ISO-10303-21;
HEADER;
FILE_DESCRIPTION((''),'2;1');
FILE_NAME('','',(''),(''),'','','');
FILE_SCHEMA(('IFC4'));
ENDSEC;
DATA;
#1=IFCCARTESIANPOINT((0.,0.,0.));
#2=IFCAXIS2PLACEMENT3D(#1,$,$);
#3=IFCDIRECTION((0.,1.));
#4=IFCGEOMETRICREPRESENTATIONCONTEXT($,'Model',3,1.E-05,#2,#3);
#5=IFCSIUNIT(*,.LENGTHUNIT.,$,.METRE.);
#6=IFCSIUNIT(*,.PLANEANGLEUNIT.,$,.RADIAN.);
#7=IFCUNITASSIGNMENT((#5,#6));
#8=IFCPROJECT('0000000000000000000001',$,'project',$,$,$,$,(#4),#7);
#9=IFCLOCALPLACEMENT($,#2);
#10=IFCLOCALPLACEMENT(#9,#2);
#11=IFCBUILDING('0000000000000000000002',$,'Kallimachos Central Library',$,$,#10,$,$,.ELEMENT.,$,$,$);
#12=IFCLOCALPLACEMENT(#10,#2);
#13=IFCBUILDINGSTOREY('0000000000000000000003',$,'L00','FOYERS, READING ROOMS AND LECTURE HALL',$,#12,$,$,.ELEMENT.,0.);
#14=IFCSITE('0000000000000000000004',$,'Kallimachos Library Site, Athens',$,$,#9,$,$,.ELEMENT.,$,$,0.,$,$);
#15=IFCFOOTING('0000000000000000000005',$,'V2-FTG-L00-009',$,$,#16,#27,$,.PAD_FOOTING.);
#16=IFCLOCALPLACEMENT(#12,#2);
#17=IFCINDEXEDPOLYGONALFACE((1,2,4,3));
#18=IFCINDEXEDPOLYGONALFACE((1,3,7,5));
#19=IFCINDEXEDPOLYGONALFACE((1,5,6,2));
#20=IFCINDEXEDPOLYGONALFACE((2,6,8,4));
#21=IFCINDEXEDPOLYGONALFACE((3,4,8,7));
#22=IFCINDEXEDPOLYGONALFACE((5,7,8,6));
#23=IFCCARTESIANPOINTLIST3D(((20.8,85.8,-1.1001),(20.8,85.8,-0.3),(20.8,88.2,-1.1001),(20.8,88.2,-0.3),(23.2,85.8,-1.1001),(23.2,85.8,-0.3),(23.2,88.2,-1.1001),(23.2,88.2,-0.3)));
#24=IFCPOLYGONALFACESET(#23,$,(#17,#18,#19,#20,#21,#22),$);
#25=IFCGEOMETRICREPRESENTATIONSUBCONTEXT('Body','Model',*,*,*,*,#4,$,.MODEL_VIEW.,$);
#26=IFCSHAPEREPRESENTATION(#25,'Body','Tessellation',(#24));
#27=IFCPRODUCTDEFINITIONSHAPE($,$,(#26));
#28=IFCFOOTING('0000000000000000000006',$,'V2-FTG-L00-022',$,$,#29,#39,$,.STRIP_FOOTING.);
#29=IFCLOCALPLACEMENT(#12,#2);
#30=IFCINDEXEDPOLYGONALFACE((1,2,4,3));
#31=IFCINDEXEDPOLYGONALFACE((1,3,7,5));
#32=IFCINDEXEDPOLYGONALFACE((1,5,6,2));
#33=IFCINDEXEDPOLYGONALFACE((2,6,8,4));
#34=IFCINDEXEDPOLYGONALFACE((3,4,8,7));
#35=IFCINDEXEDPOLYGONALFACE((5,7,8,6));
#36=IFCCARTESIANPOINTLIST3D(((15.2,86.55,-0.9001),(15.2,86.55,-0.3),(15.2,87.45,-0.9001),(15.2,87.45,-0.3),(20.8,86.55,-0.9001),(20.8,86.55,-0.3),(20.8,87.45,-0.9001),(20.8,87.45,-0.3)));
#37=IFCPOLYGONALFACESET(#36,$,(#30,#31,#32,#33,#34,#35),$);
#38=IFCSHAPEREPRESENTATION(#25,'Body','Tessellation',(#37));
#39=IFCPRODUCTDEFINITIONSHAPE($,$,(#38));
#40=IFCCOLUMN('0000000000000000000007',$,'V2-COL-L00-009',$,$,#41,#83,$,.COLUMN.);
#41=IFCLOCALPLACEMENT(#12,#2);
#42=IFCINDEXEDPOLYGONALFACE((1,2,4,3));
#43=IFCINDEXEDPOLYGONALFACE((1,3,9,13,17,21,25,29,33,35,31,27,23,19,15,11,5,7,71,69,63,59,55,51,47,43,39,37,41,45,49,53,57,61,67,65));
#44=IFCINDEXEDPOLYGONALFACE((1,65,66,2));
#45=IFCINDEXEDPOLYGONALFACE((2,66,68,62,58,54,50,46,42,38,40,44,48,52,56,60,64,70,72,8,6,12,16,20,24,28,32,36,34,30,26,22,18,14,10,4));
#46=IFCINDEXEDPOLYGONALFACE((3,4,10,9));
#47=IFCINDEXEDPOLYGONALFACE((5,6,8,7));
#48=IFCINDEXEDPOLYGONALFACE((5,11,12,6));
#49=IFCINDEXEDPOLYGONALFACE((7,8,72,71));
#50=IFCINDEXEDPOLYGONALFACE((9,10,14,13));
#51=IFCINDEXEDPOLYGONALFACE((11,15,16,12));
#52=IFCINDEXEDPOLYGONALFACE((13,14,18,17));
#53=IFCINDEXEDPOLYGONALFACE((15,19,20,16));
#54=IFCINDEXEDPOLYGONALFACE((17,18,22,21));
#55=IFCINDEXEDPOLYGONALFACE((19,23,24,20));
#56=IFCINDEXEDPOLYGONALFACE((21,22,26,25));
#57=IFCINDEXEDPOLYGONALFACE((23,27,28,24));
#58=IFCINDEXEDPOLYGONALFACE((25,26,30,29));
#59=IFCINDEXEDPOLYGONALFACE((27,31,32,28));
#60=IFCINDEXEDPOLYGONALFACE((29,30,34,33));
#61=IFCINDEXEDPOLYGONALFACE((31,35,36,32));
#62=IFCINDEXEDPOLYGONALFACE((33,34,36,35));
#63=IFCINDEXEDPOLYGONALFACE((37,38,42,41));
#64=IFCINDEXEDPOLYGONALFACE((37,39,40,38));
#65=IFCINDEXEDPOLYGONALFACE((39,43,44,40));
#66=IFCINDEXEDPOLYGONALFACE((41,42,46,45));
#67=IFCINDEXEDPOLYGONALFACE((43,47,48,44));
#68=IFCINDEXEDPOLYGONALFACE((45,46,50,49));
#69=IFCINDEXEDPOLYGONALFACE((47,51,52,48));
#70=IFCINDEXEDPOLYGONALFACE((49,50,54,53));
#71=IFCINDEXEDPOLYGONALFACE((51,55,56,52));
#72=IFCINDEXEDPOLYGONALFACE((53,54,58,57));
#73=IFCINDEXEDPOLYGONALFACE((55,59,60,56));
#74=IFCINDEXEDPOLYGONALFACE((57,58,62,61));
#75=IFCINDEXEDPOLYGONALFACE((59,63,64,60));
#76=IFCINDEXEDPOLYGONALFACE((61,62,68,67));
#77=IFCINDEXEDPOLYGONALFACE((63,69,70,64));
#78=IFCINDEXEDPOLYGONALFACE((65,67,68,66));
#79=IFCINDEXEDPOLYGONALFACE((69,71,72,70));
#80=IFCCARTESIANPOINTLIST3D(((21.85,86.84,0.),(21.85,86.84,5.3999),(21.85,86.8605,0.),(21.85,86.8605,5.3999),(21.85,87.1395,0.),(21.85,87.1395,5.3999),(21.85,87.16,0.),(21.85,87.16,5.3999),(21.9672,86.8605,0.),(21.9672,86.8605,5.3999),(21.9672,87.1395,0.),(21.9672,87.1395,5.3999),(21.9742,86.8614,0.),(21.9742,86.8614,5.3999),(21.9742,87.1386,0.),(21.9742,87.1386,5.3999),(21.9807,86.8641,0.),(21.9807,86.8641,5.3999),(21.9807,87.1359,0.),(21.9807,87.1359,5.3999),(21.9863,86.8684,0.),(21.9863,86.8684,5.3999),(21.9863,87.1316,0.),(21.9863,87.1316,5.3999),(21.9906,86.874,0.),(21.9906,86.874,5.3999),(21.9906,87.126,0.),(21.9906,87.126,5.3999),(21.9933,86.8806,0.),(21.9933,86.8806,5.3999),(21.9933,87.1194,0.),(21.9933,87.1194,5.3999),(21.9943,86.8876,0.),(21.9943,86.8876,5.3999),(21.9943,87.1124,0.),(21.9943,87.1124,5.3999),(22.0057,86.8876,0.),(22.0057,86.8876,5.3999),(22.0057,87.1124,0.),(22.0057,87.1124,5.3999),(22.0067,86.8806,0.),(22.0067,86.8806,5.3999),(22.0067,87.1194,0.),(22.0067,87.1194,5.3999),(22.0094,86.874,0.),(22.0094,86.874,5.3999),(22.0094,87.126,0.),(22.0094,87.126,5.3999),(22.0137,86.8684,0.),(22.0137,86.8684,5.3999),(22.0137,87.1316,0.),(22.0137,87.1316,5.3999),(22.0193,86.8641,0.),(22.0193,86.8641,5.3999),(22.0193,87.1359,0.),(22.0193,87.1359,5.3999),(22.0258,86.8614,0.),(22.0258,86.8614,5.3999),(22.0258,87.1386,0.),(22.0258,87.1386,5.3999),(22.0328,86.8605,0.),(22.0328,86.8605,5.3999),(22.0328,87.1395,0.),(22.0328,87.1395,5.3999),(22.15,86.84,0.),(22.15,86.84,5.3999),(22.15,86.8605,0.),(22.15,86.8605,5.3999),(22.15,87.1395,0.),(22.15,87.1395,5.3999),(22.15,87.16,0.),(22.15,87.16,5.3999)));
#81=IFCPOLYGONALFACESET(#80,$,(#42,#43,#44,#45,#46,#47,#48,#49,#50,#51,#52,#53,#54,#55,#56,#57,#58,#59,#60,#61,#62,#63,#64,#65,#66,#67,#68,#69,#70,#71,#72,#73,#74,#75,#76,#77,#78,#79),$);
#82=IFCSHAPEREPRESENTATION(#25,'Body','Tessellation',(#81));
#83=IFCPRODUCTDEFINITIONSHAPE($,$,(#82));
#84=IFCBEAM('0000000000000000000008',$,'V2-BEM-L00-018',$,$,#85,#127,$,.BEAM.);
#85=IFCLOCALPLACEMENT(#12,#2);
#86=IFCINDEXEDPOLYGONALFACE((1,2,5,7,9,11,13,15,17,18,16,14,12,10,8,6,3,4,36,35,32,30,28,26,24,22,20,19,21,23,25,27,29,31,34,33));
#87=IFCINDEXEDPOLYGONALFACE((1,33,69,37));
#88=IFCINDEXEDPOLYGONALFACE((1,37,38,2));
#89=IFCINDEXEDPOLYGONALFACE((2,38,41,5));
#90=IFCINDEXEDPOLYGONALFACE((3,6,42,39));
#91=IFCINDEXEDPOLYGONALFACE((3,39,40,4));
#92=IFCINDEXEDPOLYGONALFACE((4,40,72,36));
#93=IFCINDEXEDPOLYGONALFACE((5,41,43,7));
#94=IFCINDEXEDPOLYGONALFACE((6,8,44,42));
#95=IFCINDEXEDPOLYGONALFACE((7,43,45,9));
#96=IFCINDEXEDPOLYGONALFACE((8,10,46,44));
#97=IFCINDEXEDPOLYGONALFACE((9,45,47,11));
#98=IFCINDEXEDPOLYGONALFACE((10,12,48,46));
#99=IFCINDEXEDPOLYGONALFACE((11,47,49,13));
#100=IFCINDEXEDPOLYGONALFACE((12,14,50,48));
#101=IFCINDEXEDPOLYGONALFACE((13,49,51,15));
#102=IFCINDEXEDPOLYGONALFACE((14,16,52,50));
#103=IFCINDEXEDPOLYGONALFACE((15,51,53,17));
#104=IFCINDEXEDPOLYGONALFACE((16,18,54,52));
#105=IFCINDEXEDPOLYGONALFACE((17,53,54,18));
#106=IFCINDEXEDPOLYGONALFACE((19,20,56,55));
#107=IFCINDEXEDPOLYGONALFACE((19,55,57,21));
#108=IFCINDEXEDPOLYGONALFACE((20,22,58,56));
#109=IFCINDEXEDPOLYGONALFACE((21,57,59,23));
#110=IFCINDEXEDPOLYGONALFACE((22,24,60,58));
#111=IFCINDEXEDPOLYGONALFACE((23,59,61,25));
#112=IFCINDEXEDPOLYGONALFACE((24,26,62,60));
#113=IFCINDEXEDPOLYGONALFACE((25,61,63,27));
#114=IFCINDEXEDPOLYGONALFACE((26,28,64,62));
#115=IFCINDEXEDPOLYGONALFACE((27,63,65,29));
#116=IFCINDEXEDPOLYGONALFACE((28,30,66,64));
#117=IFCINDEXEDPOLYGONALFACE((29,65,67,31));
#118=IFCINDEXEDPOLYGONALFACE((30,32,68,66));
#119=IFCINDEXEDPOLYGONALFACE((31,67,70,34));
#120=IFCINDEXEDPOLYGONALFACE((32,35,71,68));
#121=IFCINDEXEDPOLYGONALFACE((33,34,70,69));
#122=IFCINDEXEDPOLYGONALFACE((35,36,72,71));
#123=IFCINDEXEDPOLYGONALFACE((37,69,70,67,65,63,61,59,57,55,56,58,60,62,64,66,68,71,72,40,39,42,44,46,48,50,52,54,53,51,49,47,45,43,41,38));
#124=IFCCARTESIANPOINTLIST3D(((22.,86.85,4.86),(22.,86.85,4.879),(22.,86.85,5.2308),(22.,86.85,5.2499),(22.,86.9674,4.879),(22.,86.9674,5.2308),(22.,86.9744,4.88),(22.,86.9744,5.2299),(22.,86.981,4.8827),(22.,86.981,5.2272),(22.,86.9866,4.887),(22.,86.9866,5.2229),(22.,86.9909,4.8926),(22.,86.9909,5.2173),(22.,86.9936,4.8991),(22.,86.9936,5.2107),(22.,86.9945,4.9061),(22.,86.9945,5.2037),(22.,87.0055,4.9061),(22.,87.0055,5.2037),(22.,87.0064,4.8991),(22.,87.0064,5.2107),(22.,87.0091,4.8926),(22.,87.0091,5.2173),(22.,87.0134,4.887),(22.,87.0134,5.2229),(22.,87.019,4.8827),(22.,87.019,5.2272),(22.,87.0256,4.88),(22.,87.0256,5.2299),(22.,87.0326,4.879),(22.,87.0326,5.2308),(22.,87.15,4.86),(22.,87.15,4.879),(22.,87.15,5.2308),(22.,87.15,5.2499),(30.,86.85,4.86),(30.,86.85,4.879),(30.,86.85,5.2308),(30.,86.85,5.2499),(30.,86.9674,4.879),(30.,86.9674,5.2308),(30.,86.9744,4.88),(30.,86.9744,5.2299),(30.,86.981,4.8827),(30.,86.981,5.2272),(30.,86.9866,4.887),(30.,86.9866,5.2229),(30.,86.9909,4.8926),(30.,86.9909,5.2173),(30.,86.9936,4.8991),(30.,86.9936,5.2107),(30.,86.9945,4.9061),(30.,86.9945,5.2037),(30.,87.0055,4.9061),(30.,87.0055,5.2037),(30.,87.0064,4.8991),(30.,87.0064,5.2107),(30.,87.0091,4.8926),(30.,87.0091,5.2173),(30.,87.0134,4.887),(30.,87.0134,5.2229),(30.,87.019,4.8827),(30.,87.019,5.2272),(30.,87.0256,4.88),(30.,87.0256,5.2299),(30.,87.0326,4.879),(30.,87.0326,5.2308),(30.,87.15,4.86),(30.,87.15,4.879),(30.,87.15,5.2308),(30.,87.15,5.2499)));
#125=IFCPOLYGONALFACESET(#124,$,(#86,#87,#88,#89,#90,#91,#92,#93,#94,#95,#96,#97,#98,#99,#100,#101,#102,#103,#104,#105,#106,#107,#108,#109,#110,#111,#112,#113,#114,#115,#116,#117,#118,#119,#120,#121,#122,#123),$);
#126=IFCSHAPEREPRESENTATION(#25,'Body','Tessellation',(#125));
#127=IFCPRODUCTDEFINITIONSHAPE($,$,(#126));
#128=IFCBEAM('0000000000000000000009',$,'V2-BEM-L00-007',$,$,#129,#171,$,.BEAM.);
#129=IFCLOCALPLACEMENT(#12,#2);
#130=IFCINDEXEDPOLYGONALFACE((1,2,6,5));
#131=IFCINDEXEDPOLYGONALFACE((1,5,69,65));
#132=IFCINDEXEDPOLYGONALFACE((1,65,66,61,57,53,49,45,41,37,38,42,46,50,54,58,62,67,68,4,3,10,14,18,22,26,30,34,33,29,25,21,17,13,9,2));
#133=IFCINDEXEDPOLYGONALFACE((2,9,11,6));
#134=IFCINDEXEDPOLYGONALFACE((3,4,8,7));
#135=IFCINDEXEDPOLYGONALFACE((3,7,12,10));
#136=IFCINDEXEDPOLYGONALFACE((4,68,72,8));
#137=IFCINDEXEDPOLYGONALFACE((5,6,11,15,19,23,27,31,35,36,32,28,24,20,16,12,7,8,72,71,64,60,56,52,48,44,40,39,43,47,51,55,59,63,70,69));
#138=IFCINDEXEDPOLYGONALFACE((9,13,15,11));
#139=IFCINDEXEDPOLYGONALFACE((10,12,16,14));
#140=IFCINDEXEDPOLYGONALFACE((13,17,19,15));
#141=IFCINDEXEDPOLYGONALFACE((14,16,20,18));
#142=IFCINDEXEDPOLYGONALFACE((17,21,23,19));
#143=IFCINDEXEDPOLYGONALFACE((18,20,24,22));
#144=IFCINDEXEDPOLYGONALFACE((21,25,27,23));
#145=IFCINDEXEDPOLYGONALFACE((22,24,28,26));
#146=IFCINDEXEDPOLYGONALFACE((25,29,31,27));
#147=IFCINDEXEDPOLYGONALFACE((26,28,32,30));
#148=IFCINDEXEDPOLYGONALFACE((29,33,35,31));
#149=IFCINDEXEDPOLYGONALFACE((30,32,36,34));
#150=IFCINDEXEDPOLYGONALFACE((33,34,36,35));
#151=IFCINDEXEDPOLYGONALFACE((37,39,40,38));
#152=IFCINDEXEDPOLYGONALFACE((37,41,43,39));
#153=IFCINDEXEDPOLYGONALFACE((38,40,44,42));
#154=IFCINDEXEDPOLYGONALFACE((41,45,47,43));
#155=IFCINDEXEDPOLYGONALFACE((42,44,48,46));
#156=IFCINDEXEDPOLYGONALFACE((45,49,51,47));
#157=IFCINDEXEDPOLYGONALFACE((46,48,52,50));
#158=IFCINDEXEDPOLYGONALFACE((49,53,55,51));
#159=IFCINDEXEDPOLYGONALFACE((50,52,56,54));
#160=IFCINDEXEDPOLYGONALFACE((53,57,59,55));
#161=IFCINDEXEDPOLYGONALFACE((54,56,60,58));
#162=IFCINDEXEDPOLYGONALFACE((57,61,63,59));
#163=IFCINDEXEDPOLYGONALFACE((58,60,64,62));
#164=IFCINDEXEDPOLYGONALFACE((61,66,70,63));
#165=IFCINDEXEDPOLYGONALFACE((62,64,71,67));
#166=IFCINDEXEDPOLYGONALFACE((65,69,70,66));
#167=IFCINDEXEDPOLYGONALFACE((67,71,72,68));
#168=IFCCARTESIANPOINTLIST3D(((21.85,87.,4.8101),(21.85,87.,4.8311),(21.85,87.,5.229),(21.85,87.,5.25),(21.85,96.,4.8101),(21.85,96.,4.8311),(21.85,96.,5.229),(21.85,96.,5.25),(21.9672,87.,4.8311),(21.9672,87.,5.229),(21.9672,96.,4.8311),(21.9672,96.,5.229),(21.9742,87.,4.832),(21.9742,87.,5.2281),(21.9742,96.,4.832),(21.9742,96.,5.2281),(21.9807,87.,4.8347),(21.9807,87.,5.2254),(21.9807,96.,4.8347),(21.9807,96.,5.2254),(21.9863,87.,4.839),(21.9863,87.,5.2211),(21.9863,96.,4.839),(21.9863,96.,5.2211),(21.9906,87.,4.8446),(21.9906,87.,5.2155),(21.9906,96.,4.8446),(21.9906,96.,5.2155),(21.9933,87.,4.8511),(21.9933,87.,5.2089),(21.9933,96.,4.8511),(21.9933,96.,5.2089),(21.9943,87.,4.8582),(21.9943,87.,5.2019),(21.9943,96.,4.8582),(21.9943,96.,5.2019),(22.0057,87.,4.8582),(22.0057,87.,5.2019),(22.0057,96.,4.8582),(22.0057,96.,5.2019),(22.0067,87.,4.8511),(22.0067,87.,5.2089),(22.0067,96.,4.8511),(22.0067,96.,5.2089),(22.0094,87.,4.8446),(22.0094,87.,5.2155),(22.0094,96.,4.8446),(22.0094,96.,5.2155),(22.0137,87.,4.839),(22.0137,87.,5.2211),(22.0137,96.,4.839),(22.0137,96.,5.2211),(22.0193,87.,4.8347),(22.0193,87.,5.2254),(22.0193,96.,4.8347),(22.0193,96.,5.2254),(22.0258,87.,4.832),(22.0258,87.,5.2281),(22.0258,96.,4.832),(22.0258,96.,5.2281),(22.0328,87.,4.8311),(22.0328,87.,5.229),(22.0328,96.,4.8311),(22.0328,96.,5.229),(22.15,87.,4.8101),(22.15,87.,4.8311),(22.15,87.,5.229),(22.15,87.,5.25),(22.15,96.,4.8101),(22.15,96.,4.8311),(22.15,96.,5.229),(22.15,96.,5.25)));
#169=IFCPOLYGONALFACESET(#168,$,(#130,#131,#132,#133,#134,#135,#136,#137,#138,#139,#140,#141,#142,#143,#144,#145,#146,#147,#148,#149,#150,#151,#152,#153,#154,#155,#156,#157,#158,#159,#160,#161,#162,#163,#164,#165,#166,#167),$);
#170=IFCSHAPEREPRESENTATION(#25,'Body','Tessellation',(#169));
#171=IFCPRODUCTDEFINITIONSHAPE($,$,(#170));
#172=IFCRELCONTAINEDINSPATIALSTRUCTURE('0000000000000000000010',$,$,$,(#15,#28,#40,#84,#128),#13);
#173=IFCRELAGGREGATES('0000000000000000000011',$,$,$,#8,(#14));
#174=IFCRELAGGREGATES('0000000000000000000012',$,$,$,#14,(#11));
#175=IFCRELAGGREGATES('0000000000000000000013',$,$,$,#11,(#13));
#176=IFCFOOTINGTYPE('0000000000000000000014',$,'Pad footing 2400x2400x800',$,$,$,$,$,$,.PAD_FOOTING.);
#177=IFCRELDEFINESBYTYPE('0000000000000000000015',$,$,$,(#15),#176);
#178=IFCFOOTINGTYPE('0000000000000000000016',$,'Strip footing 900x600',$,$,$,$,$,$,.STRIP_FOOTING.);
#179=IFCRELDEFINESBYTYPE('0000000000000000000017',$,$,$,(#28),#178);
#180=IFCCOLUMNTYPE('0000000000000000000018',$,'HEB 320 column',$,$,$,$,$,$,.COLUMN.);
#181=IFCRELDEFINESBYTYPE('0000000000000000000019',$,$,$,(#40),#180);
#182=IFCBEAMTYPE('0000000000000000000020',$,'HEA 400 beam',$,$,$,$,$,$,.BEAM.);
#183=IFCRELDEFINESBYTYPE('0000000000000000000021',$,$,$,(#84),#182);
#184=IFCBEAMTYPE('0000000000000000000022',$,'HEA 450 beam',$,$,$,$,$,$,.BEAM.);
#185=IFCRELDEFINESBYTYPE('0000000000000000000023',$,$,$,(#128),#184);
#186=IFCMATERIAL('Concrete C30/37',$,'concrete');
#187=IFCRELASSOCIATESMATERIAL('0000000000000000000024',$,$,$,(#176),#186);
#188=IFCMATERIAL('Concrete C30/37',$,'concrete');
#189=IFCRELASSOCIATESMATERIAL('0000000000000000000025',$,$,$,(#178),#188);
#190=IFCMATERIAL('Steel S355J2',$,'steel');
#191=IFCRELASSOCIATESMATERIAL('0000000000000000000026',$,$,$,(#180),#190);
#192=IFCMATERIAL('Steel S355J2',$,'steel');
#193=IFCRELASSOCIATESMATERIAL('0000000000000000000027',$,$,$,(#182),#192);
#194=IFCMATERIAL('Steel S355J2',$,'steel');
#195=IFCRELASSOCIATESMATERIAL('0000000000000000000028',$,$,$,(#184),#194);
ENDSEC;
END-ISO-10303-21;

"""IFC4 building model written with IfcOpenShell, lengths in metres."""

from ifc_helpers import new_model, si_unit, direction, frame, origin, origin_2d, place, context, subcontext, project, spatial, rectangle, i_section, extrude, material, material_profile, profile_set, type_object, element, save


model = new_model("IFC4")

# Units and contexts
model_context = context("Model", 3, precision=1e-05, world=origin(), true_north=direction((0.0, 1.0)))
body_context = subcontext(model_context, "Body", "Model", "MODEL_VIEW")
ifc_project = project(units=[si_unit("LENGTHUNIT", "METRE"), si_unit("PLANEANGLEUNIT", "RADIAN")], contexts=[model_context])

# Site, building, storey
site_placement = place(None, origin())
site = spatial("IfcSite", under=ifc_project, at=site_placement, Name="Kallimachos Library Site, Athens", CompositionType="ELEMENT", RefElevation=0.0)
building_placement = place(site_placement, origin())
building = spatial("IfcBuilding", under=site, at=building_placement, Name="Kallimachos Central Library", CompositionType="ELEMENT")
storey_placement = place(building_placement, origin())
storey = spatial("IfcBuildingStorey", under=building, at=storey_placement, Name="L00", Description="FOYERS, READING ROOMS AND LECTURE HALL", CompositionType="ELEMENT", Elevation=0.0)

# Footings
ifc_material_1 = material(Name="Concrete C30/37", Category="concrete")
footing_type_1 = type_object("IfcFootingType", Name="Pad footing 2400x2400x800", PredefinedType="PAD_FOOTING", material=ifc_material_1)
footing_1_placement = place(storey_placement, frame((22.0, 87.0, -1.1001), z_axis=(0.0, 0.0, 1.0), x_axis=(1.0, 0.0, 0.0)))
element("IfcFooting", 1, at=footing_1_placement, inside=storey, type_object=footing_type_1, Name="V2-FTG-L00-009", PredefinedType="PAD_FOOTING", context=body_context, shape_type="SweptSolid", body=[
    extrude(rectangle(XDim=2.3999, YDim=2.3999, at=origin_2d()), origin(), (0.0, 0.0, 1.0), 0.8),
])
ifc_material_2 = material(Name="Concrete C30/37", Category="concrete")
footing_type_2 = type_object("IfcFootingType", Name="Strip footing 900x600", PredefinedType="STRIP_FOOTING", material=ifc_material_2)
footing_2_placement = place(storey_placement, frame((18.0, 87.0, -0.9001), z_axis=(0.0, 0.0, 1.0), x_axis=(1.0, 0.0, 0.0)))
element("IfcFooting", 2, at=footing_2_placement, inside=storey, type_object=footing_type_2, Name="V2-FTG-L00-022", PredefinedType="STRIP_FOOTING", context=body_context, shape_type="SweptSolid", body=[
    extrude(rectangle(XDim=5.6001, YDim=0.8999, at=origin_2d()), origin(), (0.0, 0.0, 1.0), 0.6001),
])

# Column
ifc_material_3 = material(Name="Steel S355J2", Category="steel")
ifc_material_profile_1 = material_profile(ifc_material_3, i_section(OverallWidth=0.3, OverallDepth=0.3201, WebThickness=0.0115, FlangeThickness=0.0205, FilletRadius=0.0271, at=origin_2d()), Name="HEB 320")
ifc_profile_set_1 = profile_set([ifc_material_profile_1], Name="Steel S355J2")
column_type = type_object("IfcColumnType", Name="HEB 320 column", PredefinedType="COLUMN", material=ifc_profile_set_1)
column_placement = place(storey_placement, frame((22.0, 87.0, 0.0), z_axis=(0.0, 0.0, 1.0), x_axis=(1.0, 0.0, 0.0)))
element("IfcColumn", 3, at=column_placement, inside=storey, type_object=column_type, Name="V2-COL-L00-009", PredefinedType="COLUMN", context=body_context, shape_type="SweptSolid", body=[
    extrude(i_section(OverallWidth=0.3, OverallDepth=0.3201, WebThickness=0.0115, FlangeThickness=0.0205, FilletRadius=0.0271, at=origin_2d()), origin(), (0.0, 0.0, 1.0), 5.3999),
])

# Beams
ifc_material_4 = material(Name="Steel S355J2", Category="steel")
ifc_material_profile_2 = material_profile(ifc_material_4, i_section(OverallWidth=0.3, OverallDepth=0.3899, WebThickness=0.011, FlangeThickness=0.019, FilletRadius=0.0271, at=origin_2d()), Name="HEA 400")
ifc_profile_set_2 = profile_set([ifc_material_profile_2], Name="Steel S355J2")
beam_type_1 = type_object("IfcBeamType", Name="HEA 400 beam", PredefinedType="BEAM", material=ifc_profile_set_2)
beam_1_placement = place(storey_placement, frame((22.0, 87.0, 5.0549), z_axis=(1.0, 0.0, 0.0), x_axis=(0.0, 1.0, 0.0)))
element("IfcBeam", 4, at=beam_1_placement, inside=storey, type_object=beam_type_1, Name="V2-BEM-L00-018", PredefinedType="BEAM", context=body_context, shape_type="SweptSolid", body=[
    extrude(i_section(OverallWidth=0.3, OverallDepth=0.3899, WebThickness=0.011, FlangeThickness=0.019, FilletRadius=0.0271, at=origin_2d()), origin(), (0.0, 0.0, 1.0), 8.0),
])
ifc_material_5 = material(Name="Steel S355J2", Category="steel")
ifc_material_profile_3 = material_profile(ifc_material_5, i_section(OverallWidth=0.3, OverallDepth=0.4399, WebThickness=0.0115, FlangeThickness=0.021, FilletRadius=0.0271, at=origin_2d()), Name="HEA 450")
ifc_profile_set_3 = profile_set([ifc_material_profile_3], Name="Steel S355J2")
beam_type_2 = type_object("IfcBeamType", Name="HEA 450 beam", PredefinedType="BEAM", material=ifc_profile_set_3)
beam_2_placement = place(storey_placement, frame((22.0, 87.0, 5.03), z_axis=(0.0, 1.0, 0.0), x_axis=(-1.0, 0.0, 0.0)))
element("IfcBeam", 5, at=beam_2_placement, inside=storey, type_object=beam_type_2, Name="V2-BEM-L00-007", PredefinedType="BEAM", context=body_context, shape_type="SweptSolid", body=[
    extrude(i_section(OverallWidth=0.3, OverallDepth=0.4399, WebThickness=0.0115, FlangeThickness=0.021, FilletRadius=0.0271, at=origin_2d()), origin(), (0.0, 0.0, 1.0), 9.0),
])

save(model, "model.ifc")
